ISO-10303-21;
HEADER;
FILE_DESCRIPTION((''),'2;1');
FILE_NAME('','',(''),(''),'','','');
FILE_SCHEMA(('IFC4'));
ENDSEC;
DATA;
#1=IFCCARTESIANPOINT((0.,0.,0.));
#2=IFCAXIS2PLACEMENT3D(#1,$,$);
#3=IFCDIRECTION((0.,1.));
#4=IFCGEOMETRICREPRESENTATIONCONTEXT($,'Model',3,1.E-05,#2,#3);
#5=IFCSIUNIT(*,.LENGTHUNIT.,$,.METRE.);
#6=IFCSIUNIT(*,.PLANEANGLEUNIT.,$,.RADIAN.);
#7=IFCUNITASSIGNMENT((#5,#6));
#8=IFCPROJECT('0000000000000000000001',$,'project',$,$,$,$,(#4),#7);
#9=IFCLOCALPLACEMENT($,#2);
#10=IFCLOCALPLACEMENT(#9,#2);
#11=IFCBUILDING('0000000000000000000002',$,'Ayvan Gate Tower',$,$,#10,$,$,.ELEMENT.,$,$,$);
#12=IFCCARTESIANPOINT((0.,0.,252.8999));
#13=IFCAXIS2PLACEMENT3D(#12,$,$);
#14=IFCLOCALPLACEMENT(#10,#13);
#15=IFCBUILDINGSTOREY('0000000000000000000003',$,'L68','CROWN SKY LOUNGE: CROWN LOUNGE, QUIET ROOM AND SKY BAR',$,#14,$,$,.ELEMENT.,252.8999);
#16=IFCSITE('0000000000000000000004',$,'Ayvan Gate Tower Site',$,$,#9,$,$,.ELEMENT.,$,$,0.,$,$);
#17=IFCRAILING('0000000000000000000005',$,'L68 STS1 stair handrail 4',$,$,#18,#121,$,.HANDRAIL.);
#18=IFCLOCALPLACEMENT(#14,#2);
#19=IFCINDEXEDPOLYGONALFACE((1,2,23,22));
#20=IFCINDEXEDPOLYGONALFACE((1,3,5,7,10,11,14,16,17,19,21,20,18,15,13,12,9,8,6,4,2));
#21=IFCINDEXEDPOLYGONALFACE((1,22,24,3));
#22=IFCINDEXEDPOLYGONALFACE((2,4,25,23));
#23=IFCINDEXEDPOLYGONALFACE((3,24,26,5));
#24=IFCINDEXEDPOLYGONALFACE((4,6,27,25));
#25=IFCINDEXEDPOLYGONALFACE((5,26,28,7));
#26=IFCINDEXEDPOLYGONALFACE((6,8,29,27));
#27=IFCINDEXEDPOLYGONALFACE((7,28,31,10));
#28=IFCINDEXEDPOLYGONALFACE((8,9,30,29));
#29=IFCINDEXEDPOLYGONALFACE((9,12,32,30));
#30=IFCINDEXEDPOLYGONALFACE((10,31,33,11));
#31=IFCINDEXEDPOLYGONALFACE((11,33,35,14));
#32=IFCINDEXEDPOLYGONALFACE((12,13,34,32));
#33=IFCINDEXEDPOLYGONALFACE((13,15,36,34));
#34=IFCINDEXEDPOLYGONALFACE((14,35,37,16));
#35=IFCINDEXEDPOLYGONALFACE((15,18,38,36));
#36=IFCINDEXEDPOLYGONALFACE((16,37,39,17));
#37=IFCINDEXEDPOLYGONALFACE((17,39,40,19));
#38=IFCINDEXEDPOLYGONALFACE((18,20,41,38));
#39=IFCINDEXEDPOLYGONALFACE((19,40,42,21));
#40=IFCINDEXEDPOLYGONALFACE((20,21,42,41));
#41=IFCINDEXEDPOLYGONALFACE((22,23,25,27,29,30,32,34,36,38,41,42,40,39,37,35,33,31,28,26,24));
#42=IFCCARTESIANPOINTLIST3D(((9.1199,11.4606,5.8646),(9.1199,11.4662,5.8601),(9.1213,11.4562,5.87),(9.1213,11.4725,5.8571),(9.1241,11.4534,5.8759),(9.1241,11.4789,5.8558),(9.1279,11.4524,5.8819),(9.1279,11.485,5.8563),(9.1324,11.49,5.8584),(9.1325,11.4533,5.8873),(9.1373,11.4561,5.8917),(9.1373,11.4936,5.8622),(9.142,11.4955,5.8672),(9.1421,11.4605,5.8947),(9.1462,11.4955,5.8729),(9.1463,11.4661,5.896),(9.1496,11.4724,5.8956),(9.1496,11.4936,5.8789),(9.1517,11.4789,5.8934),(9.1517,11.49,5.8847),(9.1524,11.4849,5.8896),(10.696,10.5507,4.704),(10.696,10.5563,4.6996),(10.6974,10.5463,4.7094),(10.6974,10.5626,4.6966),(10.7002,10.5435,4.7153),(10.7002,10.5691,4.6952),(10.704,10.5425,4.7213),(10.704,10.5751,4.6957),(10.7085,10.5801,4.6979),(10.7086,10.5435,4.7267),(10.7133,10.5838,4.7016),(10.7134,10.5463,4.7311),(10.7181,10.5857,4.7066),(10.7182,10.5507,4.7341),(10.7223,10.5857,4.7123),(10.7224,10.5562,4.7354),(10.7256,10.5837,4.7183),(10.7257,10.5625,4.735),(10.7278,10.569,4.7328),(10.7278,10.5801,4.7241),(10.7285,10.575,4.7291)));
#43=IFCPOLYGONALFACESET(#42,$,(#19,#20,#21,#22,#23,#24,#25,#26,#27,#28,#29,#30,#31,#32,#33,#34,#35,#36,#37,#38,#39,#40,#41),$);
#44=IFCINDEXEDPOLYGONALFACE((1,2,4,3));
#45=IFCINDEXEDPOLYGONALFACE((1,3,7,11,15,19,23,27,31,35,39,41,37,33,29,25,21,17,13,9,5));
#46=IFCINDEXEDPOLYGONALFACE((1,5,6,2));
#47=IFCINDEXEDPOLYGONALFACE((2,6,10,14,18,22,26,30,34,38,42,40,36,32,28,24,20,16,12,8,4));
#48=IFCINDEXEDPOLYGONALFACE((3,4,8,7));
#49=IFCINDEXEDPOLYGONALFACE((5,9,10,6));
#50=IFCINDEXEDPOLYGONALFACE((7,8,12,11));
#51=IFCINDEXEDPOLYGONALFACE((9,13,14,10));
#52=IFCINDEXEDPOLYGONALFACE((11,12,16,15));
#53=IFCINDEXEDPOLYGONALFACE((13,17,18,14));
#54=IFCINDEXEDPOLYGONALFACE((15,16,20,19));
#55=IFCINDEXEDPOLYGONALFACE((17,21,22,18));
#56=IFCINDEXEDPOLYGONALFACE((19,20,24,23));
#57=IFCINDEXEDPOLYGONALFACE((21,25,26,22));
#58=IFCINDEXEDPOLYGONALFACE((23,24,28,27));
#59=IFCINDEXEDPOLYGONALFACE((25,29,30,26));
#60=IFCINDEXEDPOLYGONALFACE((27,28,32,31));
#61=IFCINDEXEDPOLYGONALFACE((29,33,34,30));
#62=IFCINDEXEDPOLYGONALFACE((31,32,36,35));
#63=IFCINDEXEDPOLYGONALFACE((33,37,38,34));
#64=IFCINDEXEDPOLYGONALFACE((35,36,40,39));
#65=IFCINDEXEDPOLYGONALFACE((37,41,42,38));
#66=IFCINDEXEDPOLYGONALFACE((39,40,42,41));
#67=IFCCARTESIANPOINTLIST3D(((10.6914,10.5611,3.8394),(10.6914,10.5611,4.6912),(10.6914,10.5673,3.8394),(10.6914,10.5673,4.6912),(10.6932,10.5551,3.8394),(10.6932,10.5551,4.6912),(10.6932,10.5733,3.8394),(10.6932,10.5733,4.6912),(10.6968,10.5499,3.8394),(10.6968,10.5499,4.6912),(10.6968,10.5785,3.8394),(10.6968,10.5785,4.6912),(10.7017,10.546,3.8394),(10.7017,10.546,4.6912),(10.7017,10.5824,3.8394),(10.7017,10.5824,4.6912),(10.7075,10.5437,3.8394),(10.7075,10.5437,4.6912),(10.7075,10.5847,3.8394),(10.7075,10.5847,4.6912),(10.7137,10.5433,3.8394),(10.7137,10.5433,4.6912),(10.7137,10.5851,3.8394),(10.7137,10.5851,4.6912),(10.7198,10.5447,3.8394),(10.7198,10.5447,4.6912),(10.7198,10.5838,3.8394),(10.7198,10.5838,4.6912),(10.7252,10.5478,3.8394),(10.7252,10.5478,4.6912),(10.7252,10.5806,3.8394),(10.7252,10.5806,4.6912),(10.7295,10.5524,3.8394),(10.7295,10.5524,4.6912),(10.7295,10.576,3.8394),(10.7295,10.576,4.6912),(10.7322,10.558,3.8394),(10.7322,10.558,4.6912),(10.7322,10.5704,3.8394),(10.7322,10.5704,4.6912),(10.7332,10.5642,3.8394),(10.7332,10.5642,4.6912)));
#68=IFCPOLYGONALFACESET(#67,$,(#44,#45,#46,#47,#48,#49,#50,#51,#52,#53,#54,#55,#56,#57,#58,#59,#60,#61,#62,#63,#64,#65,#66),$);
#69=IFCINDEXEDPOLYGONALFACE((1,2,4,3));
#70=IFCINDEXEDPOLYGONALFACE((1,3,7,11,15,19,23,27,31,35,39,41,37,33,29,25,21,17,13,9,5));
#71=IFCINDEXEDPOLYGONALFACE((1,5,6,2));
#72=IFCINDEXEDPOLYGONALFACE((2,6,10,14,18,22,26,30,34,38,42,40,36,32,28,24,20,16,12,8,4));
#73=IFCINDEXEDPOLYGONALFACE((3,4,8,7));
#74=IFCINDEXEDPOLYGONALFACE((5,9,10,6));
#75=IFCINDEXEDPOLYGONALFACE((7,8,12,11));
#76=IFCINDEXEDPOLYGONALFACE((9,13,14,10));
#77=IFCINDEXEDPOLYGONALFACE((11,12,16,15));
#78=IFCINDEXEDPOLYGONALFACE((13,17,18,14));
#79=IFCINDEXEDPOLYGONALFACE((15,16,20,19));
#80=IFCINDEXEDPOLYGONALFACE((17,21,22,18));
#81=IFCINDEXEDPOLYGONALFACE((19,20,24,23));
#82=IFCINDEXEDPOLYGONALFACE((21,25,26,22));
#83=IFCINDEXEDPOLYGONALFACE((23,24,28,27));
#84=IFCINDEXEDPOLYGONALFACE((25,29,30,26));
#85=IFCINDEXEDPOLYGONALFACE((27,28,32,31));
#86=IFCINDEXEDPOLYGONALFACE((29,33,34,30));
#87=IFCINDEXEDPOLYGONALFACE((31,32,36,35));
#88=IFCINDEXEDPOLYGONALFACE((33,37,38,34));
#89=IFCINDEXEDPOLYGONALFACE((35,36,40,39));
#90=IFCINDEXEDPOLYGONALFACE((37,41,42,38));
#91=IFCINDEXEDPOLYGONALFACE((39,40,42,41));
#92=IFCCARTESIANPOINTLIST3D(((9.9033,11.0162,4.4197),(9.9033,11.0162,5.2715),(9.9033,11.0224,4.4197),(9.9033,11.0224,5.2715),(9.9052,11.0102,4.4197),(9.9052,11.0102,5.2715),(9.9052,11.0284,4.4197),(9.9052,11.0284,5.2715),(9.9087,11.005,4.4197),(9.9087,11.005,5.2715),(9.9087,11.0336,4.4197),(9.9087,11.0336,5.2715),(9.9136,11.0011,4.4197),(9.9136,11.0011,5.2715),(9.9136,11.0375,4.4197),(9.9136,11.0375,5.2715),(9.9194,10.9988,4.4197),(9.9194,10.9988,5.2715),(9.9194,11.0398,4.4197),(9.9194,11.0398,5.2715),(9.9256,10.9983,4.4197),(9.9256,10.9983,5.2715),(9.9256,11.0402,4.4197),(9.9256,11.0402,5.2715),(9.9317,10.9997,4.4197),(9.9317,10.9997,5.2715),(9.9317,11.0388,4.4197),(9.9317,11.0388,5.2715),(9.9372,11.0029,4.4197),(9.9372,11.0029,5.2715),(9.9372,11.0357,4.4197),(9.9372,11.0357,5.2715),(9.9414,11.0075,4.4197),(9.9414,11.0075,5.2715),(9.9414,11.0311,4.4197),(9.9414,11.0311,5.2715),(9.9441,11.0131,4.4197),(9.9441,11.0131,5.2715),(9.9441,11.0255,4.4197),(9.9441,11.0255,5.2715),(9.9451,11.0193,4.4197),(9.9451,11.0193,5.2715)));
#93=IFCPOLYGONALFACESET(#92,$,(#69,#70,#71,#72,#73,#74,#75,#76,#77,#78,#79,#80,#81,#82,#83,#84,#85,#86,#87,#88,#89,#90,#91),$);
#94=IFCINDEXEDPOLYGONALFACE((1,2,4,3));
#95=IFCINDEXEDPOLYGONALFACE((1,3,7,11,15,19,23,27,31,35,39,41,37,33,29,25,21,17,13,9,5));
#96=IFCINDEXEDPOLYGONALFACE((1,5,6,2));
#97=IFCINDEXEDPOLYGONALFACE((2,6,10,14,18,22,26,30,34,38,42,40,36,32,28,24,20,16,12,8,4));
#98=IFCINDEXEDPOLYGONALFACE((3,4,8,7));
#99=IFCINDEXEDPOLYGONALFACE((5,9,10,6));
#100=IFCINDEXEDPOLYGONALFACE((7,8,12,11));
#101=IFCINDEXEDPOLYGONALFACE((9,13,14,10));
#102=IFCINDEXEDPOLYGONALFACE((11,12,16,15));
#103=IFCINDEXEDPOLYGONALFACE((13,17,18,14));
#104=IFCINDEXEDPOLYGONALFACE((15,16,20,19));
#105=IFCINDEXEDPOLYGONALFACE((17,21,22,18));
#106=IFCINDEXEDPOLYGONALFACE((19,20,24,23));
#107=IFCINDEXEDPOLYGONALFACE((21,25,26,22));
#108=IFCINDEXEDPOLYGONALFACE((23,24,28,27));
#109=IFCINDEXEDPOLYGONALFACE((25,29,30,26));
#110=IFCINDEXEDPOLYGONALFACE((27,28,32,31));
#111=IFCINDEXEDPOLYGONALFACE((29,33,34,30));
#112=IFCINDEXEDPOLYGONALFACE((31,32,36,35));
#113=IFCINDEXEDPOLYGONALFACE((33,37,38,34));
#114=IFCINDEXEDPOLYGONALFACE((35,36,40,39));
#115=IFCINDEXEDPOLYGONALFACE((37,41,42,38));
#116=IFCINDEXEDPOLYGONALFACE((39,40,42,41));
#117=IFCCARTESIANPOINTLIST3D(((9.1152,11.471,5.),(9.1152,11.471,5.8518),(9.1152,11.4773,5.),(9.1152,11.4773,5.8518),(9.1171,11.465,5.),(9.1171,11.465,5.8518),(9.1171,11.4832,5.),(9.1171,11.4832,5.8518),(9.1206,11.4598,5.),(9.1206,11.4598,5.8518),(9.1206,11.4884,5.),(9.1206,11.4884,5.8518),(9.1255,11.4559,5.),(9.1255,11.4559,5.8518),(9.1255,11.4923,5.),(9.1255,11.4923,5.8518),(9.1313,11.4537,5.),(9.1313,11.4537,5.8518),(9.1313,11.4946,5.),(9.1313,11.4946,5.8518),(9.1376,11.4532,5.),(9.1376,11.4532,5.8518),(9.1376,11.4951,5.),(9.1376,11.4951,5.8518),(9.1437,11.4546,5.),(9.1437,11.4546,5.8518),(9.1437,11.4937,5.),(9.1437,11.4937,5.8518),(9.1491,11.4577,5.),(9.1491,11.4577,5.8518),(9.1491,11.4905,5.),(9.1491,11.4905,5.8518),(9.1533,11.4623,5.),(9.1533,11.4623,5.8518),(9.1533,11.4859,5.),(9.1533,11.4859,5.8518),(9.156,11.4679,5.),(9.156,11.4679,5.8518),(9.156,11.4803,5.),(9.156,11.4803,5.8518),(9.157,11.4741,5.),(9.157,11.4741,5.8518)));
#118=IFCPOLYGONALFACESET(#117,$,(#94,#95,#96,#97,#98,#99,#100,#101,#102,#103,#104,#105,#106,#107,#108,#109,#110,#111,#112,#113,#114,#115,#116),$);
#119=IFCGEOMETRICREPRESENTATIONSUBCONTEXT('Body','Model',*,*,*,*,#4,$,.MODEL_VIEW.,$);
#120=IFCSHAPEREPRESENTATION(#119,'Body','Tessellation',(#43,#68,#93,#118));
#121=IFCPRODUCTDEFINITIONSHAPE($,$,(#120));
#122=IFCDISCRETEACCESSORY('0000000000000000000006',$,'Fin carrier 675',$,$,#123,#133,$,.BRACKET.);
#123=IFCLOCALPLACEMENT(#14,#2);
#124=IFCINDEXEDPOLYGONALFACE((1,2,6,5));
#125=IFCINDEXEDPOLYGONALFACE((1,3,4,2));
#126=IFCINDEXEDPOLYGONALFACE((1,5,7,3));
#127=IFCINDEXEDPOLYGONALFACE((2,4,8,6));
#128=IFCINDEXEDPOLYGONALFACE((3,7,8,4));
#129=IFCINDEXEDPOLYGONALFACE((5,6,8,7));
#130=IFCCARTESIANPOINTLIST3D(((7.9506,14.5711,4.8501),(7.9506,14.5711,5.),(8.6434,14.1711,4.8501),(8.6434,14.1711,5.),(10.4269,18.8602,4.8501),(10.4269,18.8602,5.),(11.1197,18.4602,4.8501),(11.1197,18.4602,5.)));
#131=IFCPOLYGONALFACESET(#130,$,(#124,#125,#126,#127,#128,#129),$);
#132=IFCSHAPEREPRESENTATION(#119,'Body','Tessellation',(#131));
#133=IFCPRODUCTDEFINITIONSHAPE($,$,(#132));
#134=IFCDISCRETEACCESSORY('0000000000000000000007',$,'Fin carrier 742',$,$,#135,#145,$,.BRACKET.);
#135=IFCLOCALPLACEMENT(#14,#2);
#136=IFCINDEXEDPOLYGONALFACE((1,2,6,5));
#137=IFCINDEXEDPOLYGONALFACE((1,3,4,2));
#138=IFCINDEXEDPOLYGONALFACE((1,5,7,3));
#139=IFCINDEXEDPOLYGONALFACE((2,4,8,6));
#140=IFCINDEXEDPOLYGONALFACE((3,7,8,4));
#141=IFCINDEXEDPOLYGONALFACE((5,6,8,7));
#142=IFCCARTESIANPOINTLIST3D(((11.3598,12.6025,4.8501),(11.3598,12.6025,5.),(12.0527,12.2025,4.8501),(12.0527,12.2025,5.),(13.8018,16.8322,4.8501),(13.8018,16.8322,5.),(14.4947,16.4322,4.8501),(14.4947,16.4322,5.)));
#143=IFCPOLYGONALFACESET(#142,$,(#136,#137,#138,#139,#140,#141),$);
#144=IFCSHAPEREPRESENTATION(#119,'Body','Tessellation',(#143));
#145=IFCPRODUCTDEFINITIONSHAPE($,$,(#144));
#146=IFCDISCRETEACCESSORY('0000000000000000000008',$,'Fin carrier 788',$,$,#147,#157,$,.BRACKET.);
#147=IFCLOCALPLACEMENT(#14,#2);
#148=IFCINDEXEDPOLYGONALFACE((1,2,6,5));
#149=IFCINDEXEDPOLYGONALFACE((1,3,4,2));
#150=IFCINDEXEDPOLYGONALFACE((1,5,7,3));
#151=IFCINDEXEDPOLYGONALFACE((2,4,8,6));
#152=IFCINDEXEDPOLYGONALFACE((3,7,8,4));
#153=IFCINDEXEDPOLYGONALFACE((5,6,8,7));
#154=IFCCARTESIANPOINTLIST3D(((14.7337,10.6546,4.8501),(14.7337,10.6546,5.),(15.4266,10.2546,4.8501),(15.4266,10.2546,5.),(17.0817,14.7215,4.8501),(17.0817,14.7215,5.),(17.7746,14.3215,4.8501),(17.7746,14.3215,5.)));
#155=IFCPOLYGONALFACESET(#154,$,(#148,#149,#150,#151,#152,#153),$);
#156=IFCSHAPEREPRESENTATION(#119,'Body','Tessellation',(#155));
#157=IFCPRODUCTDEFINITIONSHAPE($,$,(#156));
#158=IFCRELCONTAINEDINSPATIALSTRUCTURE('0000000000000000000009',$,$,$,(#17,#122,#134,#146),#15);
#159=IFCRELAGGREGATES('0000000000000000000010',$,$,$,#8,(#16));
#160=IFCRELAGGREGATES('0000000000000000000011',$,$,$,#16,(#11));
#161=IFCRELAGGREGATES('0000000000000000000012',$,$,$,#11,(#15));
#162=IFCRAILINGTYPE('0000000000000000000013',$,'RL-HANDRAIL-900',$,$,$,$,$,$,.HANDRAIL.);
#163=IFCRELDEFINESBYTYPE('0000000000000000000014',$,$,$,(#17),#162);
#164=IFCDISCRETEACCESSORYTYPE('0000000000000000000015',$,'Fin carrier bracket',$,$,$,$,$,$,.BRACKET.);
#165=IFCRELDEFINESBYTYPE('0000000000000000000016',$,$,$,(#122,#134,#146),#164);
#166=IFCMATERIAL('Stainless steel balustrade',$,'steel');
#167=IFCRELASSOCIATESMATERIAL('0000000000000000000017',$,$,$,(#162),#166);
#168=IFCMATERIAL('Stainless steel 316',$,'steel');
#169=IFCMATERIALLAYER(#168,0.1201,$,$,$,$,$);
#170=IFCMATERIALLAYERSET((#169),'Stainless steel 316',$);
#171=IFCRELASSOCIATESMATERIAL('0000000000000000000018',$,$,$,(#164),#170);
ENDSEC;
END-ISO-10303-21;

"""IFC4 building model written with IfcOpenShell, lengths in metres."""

from ifc_helpers import new_model, si_unit, direction, frame, origin, origin_2d, place, context, subcontext, project, spatial, rectangle, circle, extrude, material, layer, layer_set, type_object, element, save


model = new_model("IFC4")

# Units and contexts
model_context = context("Model", 3, precision=1e-05, world=origin(), true_north=direction((0.0, 1.0)))
body_context = subcontext(model_context, "Body", "Model", "MODEL_VIEW")
ifc_project = project(units=[si_unit("LENGTHUNIT", "METRE"), si_unit("PLANEANGLEUNIT", "RADIAN")], contexts=[model_context])

# Site, building, storey
site_placement = place(None, origin())
site = spatial("IfcSite", under=ifc_project, at=site_placement, Name="Ayvan Gate Tower Site", CompositionType="ELEMENT", RefElevation=0.0)
building_placement = place(site_placement, origin())
building = spatial("IfcBuilding", under=site, at=building_placement, Name="Ayvan Gate Tower", CompositionType="ELEMENT")
storey_placement = place(building_placement, frame((0.0, 0.0, 252.8999)))
storey = spatial("IfcBuildingStorey", under=building, at=storey_placement, Name="L68", Description="CROWN SKY LOUNGE: CROWN LOUNGE, QUIET ROOM AND SKY BAR", CompositionType="ELEMENT", Elevation=252.8999)

# Railing
ifc_material_1 = material(Name="Stainless steel balustrade", Category="steel")
railing_type_1 = type_object("IfcRailingType", Name="RL-HANDRAIL-900", PredefinedType="HANDRAIL", material=ifc_material_1)
railing_1_placement = place(storey_placement, frame((10.7122, 10.5642, 3.8394)))
element("IfcRailing", 1, at=railing_1_placement, inside=storey, type_object=railing_type_1, Name="L68 STS1 stair handrail 4", PredefinedType="HANDRAIL", context=body_context, shape_type="SweptSolid", body=[
    extrude(circle(Radius=0.0239, at=origin_2d()), frame((0.0, 0.0, 0.876), z_axis=(-0.730198, 0.421538, 0.537695), x_axis=(-0.499962, -0.866047, 0.0)), (0.0, 0.0, 1.0), 2.1584),
    extrude(circle(Radius=0.021, at=origin_2d()), origin(), (0.0, 0.0, 1.0), 0.8518),
    extrude(circle(Radius=0.021, at=origin_2d()), frame((-0.7881, 0.4551, 0.5803)), (0.0, 0.0, 1.0), 0.8518),
    extrude(circle(Radius=0.021, at=origin_2d()), frame((-1.5762, 0.9099, 1.1606)), (0.0, 0.0, 1.0), 0.8518),
])

# Discrete accessories
ifc_material_2 = material(Name="Stainless steel 316", Category="steel")
ifc_layer_1 = layer(ifc_material_2, 0.1201)
ifc_layer_set_1 = layer_set([ifc_layer_1], Name="Stainless steel 316")
discrete_accessory_type = type_object("IfcDiscreteAccessoryType", Name="Fin carrier bracket", PredefinedType="BRACKET", material=ifc_layer_set_1)
discrete_accessory_1_placement = place(storey_placement, frame((9.5352, 16.5156, 4.8501), z_axis=(0.0, 0.0, 1.0), x_axis=(-0.866025, 0.5, 0.0)))
element("IfcDiscreteAccessory", 2, at=discrete_accessory_1_placement, inside=storey, type_object=discrete_accessory_type, Name="Fin carrier 675", PredefinedType="BRACKET", context=body_context, shape_type="SweptSolid", body=[
    extrude(rectangle(XDim=0.8, YDim=4.9526, at=origin_2d()), origin(), (0.0, 0.0, 1.0), 0.1499),
])
discrete_accessory_2_placement = place(storey_placement, frame((12.9272, 14.5173, 4.8501), z_axis=(0.0, 0.0, 1.0), x_axis=(-0.866025, 0.5, 0.0)))
element("IfcDiscreteAccessory", 3, at=discrete_accessory_2_placement, inside=storey, type_object=discrete_accessory_type, Name="Fin carrier 742", PredefinedType="BRACKET", context=body_context, shape_type="SweptSolid", body=[
    extrude(rectangle(XDim=0.8, YDim=4.884, at=origin_2d()), origin(), (0.0, 0.0, 1.0), 0.1499),
])
discrete_accessory_3_placement = place(storey_placement, frame((16.2542, 12.488, 4.8501), z_axis=(0.0, 0.0, 1.0), x_axis=(-0.866025, 0.5, 0.0)))
element("IfcDiscreteAccessory", 4, at=discrete_accessory_3_placement, inside=storey, type_object=discrete_accessory_type, Name="Fin carrier 788", PredefinedType="BRACKET", context=body_context, shape_type="SweptSolid", body=[
    extrude(rectangle(XDim=0.8, YDim=4.696, at=origin_2d()), origin(), (0.0, 0.0, 1.0), 0.1499),
])

save(model, "model.ifc")
